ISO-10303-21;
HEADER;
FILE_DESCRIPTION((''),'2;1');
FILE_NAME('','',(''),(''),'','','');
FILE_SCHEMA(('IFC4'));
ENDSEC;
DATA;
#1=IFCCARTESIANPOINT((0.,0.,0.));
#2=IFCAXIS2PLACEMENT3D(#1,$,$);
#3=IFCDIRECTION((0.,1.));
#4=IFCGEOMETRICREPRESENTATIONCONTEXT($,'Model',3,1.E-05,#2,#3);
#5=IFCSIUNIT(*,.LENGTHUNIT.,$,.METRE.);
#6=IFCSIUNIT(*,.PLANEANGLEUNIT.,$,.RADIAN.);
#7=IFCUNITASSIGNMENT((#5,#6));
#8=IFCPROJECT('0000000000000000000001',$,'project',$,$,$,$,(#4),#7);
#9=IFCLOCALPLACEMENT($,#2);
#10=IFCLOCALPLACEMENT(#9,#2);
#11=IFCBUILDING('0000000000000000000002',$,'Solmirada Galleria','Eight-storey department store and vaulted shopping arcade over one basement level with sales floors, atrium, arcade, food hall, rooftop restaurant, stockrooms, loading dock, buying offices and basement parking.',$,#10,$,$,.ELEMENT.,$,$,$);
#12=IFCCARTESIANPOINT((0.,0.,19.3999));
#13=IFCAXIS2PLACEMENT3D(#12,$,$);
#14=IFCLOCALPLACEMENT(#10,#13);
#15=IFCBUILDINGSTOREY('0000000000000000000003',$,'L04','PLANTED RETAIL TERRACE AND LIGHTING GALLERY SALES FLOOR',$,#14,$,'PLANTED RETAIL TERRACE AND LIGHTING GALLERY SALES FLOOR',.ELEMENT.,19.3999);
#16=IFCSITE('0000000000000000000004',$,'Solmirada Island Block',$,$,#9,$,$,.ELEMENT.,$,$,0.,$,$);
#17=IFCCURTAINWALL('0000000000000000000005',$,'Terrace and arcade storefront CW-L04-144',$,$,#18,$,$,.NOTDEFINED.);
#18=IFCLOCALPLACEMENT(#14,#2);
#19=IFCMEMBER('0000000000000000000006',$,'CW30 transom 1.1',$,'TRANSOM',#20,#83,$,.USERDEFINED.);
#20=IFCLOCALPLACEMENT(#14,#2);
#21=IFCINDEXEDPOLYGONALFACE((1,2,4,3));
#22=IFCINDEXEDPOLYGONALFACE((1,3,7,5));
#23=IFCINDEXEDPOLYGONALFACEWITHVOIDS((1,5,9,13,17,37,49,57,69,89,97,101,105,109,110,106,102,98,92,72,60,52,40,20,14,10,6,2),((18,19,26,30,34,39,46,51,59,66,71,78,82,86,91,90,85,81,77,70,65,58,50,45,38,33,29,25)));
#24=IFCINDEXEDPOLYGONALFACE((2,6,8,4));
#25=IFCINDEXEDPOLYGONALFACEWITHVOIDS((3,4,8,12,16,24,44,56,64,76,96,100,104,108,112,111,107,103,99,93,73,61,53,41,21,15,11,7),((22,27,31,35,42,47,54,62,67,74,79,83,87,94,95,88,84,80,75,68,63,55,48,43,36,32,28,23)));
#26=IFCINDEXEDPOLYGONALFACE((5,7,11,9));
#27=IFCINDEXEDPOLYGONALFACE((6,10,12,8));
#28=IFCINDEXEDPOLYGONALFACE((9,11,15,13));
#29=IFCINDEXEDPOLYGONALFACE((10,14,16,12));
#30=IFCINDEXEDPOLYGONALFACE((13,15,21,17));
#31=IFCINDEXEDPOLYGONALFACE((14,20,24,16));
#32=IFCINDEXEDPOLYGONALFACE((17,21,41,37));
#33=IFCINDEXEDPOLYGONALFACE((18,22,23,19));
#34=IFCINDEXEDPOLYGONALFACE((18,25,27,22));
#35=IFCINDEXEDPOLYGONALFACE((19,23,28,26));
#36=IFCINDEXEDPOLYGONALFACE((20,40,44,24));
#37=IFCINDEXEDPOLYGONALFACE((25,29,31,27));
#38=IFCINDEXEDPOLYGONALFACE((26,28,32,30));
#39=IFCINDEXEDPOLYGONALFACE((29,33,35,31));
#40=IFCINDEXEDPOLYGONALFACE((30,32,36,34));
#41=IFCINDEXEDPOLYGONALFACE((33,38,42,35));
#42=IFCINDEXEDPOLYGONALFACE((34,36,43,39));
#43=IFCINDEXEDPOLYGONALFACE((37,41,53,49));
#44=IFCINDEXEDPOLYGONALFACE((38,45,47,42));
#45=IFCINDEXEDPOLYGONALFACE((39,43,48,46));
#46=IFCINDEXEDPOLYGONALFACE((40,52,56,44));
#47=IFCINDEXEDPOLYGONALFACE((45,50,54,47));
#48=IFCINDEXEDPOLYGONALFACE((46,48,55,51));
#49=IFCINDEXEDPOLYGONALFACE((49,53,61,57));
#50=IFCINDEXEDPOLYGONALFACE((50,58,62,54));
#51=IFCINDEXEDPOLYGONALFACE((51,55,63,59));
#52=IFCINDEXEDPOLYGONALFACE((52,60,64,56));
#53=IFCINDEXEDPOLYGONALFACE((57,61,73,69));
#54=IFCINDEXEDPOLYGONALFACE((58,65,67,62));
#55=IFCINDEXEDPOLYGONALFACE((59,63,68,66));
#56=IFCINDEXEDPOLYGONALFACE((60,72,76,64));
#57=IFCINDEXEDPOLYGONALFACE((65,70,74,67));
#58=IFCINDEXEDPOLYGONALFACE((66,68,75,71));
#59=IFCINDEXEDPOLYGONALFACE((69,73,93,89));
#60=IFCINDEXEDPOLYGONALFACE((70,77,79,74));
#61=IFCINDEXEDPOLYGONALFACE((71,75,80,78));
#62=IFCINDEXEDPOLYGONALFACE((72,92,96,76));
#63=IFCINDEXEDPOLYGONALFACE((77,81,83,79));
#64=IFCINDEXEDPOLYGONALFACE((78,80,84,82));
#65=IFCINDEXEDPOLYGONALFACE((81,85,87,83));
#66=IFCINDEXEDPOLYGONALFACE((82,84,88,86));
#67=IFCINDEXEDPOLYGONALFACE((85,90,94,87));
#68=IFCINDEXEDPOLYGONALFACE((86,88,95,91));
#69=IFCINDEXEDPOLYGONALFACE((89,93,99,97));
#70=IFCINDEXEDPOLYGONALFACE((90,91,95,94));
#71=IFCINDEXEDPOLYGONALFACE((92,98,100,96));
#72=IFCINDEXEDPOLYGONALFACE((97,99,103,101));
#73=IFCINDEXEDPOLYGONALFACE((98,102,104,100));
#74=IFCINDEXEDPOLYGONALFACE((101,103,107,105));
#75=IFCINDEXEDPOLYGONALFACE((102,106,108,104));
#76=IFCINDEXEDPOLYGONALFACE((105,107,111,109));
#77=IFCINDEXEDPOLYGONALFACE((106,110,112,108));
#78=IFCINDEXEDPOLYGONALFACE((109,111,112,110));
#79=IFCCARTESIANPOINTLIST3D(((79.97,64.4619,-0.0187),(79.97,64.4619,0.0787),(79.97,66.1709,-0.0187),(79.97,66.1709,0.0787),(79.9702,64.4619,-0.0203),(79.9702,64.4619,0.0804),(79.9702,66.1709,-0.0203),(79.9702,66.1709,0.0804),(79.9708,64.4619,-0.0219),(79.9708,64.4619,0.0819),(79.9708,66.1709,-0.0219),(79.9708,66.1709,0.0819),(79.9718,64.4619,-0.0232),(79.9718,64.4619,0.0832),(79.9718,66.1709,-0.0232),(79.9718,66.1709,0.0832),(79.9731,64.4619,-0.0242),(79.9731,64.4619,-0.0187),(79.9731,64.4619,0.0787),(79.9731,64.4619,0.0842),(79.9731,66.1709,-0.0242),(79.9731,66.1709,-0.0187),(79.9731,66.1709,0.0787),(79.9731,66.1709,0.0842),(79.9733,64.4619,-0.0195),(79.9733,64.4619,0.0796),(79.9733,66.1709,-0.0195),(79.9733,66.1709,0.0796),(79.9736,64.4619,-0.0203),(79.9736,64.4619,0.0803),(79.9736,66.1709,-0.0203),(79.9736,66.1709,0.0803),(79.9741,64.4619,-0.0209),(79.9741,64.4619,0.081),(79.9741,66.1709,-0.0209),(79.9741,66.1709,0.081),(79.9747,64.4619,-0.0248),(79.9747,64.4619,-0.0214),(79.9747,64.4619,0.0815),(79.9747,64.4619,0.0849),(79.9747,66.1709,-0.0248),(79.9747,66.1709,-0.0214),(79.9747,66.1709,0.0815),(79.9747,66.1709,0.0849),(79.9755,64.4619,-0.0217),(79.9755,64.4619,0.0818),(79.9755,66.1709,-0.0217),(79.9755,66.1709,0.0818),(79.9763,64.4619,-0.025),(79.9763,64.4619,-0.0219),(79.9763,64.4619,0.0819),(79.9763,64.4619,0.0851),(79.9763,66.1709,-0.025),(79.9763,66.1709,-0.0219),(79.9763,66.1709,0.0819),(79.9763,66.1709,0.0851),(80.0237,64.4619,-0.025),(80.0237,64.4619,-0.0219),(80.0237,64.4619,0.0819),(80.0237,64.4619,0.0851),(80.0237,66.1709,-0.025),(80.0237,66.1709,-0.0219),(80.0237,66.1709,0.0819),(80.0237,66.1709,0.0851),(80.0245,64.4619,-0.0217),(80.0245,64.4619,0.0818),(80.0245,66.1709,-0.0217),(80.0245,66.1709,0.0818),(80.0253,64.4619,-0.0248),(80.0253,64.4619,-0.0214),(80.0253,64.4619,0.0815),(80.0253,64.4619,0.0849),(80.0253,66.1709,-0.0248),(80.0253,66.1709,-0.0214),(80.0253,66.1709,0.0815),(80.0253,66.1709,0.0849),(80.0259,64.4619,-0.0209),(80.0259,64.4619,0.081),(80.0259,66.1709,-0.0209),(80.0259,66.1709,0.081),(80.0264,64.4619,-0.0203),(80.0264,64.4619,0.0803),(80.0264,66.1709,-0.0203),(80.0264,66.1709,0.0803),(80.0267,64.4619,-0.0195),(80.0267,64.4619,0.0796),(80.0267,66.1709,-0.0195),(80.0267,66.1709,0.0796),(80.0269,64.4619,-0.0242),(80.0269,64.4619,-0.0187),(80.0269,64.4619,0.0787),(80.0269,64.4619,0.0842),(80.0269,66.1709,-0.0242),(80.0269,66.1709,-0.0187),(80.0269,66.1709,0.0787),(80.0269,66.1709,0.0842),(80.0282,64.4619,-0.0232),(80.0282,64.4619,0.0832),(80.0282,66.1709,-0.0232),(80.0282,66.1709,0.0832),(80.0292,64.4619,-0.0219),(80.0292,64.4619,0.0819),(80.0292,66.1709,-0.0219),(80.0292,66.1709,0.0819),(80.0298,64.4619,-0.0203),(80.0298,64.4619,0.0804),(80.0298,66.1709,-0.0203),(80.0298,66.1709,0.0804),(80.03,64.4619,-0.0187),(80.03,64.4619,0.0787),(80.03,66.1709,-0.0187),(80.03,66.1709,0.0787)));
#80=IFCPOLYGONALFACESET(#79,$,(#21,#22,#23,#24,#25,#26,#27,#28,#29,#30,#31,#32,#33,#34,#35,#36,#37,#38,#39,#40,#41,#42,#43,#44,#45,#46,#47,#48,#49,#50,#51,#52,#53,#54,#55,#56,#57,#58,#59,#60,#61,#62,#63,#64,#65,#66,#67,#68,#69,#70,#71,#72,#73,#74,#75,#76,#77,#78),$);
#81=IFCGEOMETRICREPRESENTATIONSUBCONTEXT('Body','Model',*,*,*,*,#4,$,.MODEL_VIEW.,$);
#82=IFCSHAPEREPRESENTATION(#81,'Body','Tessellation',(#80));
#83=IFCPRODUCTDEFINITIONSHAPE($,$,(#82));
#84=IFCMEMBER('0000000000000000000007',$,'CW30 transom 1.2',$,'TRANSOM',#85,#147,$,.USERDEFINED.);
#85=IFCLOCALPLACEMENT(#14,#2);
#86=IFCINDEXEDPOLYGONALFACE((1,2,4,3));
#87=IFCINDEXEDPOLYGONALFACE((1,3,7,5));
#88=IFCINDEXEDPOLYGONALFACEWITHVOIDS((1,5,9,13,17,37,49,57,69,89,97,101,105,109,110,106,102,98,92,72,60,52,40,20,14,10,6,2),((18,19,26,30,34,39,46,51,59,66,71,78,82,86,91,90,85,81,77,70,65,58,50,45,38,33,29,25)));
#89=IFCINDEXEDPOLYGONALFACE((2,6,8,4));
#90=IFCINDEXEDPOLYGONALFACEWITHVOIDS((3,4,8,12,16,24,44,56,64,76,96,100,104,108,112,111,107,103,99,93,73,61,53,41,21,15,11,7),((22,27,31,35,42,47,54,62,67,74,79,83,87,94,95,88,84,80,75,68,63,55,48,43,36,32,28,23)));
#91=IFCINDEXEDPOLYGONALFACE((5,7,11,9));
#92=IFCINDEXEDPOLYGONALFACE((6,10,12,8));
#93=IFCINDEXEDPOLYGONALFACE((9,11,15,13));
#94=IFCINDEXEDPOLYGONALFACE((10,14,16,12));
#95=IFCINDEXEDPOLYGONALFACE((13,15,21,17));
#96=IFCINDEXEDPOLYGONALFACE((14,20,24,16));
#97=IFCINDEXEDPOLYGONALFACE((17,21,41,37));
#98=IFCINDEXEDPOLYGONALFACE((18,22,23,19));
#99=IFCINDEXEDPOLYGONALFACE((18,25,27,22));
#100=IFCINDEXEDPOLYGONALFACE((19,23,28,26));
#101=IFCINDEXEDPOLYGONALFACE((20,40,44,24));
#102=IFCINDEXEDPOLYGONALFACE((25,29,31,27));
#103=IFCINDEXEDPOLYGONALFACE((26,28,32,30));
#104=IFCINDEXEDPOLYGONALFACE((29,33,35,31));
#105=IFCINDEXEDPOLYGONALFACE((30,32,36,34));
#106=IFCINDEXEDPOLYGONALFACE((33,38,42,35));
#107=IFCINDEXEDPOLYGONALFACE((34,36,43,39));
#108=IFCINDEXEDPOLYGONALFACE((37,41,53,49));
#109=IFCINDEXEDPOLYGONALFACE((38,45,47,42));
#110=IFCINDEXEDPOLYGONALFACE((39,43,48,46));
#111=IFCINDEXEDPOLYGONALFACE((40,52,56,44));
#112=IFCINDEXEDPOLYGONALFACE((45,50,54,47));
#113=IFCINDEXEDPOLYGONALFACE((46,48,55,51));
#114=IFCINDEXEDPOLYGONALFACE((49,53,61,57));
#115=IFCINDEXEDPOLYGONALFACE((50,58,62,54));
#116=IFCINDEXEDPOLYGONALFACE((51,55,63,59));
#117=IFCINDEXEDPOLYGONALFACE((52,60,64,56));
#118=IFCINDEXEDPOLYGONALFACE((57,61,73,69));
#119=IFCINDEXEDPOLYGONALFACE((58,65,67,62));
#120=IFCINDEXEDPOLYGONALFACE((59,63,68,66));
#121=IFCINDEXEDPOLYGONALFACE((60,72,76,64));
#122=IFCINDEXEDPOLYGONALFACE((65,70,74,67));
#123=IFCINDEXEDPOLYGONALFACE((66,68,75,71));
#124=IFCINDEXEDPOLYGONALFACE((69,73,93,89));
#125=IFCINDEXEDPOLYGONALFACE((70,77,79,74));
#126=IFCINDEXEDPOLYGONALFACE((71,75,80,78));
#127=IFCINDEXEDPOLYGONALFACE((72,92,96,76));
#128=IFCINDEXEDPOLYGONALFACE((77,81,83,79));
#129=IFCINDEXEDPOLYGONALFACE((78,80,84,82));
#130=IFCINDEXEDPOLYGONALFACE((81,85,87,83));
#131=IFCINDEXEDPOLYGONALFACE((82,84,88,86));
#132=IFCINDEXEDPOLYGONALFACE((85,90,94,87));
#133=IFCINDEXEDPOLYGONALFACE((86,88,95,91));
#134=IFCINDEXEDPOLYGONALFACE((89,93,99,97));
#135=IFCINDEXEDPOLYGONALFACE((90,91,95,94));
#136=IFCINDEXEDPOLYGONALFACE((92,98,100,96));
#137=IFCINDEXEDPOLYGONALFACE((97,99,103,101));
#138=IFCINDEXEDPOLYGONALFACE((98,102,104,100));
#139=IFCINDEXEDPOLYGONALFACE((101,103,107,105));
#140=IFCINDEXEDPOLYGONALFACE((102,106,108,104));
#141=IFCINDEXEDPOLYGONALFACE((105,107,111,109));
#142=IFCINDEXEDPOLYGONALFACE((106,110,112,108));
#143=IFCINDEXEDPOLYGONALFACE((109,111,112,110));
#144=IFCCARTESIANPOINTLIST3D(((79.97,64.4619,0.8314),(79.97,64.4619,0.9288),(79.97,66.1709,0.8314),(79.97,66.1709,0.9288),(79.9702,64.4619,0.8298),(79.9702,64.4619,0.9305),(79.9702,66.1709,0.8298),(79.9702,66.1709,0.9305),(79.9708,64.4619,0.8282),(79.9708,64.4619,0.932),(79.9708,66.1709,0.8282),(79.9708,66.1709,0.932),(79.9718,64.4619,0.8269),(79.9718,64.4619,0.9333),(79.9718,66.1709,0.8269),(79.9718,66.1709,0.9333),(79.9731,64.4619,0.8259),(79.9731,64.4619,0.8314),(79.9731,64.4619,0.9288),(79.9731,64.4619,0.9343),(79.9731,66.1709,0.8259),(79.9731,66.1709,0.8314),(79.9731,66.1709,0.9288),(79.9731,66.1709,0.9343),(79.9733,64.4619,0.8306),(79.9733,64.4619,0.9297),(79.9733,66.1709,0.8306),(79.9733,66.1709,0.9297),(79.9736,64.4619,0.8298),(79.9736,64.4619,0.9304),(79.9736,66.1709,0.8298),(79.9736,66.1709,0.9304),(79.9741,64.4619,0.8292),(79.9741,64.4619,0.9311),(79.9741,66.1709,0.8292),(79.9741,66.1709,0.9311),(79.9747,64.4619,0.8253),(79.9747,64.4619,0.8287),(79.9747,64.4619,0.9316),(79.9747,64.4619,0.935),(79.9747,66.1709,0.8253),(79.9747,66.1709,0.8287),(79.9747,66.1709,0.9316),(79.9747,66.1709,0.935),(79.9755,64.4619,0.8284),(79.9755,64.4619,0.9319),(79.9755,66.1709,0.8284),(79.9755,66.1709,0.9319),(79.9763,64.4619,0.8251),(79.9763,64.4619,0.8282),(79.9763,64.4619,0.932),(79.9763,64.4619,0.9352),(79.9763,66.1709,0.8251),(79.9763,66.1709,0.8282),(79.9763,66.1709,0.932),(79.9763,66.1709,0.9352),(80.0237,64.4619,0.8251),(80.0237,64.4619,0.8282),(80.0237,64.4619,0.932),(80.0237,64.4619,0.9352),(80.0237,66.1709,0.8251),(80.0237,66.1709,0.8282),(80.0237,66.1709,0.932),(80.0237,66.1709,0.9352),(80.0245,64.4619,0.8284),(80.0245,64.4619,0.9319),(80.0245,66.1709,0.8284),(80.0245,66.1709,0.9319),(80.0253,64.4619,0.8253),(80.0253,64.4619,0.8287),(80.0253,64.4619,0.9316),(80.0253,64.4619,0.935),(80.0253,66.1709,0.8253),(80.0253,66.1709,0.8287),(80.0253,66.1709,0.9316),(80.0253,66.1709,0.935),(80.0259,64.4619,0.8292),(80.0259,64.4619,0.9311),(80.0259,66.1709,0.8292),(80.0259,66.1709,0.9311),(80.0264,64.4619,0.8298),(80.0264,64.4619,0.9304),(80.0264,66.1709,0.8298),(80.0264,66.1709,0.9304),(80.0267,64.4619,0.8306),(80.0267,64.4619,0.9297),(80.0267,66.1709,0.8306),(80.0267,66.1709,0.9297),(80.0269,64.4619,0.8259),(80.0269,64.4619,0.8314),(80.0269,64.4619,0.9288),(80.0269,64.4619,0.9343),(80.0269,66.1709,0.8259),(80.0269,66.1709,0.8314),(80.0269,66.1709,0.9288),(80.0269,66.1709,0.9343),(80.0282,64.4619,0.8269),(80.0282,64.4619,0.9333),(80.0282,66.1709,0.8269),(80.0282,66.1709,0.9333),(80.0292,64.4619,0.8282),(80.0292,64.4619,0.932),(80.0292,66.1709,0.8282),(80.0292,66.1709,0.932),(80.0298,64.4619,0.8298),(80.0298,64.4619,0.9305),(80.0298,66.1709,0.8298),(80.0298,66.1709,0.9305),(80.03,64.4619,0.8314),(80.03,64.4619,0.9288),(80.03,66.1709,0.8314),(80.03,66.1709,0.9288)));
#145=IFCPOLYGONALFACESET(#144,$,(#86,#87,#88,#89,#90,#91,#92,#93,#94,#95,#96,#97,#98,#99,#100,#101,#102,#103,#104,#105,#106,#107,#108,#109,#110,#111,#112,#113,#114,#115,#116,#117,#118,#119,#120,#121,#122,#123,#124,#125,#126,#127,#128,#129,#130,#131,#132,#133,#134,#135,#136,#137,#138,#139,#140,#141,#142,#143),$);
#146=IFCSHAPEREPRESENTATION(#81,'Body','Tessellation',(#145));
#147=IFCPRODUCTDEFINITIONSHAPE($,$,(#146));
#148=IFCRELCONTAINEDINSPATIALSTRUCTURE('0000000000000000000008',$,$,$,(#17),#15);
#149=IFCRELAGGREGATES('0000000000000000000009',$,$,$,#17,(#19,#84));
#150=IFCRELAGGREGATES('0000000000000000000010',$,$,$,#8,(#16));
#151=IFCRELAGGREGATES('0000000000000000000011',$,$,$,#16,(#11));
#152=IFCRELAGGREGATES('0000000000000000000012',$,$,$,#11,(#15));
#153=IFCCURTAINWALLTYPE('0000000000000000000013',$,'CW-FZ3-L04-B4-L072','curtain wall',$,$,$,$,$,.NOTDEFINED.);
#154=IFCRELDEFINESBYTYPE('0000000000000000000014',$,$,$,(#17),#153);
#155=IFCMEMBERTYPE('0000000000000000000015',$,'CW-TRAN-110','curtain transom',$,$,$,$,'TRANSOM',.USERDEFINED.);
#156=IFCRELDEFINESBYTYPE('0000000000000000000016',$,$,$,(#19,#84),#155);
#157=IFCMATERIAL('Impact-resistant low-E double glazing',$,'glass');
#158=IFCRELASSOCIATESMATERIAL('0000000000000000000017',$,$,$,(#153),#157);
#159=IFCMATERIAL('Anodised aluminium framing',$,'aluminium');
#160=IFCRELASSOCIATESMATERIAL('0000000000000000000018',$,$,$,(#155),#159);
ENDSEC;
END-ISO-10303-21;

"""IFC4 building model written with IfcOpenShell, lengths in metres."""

from ifc_helpers import new_model, si_unit, direction, frame, origin, origin_2d, place, context, subcontext, project, spatial, hollow_rectangle, extrude, material, material_profile, profile_set, type_object, element, aggregate, save


model = new_model("IFC4")

# Units and contexts
model_context = context("Model", 3, precision=1e-05, world=origin(), true_north=direction((0.0, 1.0)))
body_context = subcontext(model_context, "Body", "Model", "MODEL_VIEW")
ifc_project = project(units=[si_unit("LENGTHUNIT", "METRE"), si_unit("PLANEANGLEUNIT", "RADIAN")], contexts=[model_context])

# Site, building, storey
site_placement = place(None, origin())
site = spatial("IfcSite", under=ifc_project, at=site_placement, Name="Solmirada Island Block", CompositionType="ELEMENT", RefElevation=0.0)
building_placement = place(site_placement, origin())
building = spatial("IfcBuilding", under=site, at=building_placement, Name="Solmirada Galleria", Description="Eight-storey department store and vaulted shopping arcade over one basement level with sales floors, atrium, arcade, food hall, rooftop restaurant, stockrooms, loading dock, buying offices and basement parking.", CompositionType="ELEMENT")
storey_placement = place(building_placement, frame((0.0, 0.0, 19.3999)))
storey = spatial("IfcBuildingStorey", under=building, at=storey_placement, Name="L04", Description="PLANTED RETAIL TERRACE AND LIGHTING GALLERY SALES FLOOR", LongName="PLANTED RETAIL TERRACE AND LIGHTING GALLERY SALES FLOOR", CompositionType="ELEMENT", Elevation=19.3999)

# Shared definitions
ifc_material_1 = material(Name="Impact-resistant low-E double glazing", Category="glass")
curtain_wall_type = type_object("IfcCurtainWallType", Name="CW-FZ3-L04-B4-L072", Description="curtain wall", PredefinedType="NOTDEFINED", material=ifc_material_1)
ifc_material_2 = material(Name="Anodised aluminium framing", Category="aluminium")

# Curtain wall
curtain_wall_1_placement = place(storey_placement, origin())
curtain_wall_1 = element("IfcCurtainWall", 1, at=curtain_wall_1_placement, inside=storey, type_object=curtain_wall_type, Name="Terrace and arcade storefront CW-L04-144", PredefinedType="NOTDEFINED")

# Members
ifc_material_profile_1 = material_profile(ifc_material_2, hollow_rectangle(XDim=0.0601, YDim=0.1101, WallThickness=0.0032, InnerFilletRadius=0.0032, OuterFilletRadius=0.0063, at=origin_2d()), Name="ALU-TRAN-110X60")
ifc_profile_set_1 = profile_set([ifc_material_profile_1], Name="Anodised aluminium framing")
member_type_1 = type_object("IfcMemberType", Name="CW-TRAN-110", Description="curtain transom", ElementType="TRANSOM", PredefinedType="USERDEFINED", material=ifc_profile_set_1)
member_1_placement = place(storey_placement, frame((80.0, 64.4619, 0.03), z_axis=(0.0, 1.0, 0.0), x_axis=(-1.0, 0.0, 0.0)))
member_1 = element("IfcMember", 2, at=member_1_placement, type_object=member_type_1, Name="CW30 transom 1.1", ObjectType="TRANSOM", PredefinedType="USERDEFINED", context=body_context, shape_type="SweptSolid", body=[
    extrude(hollow_rectangle(XDim=0.0601, YDim=0.1101, WallThickness=0.0032, InnerFilletRadius=0.0032, OuterFilletRadius=0.0063, at=origin_2d()), origin(), (0.0, 0.0, 1.0), 1.709),
])
member_2_placement = place(storey_placement, frame((80.0, 64.4619, 0.8801), z_axis=(0.0, 1.0, 0.0), x_axis=(-1.0, 0.0, 0.0)))
member_2 = element("IfcMember", 3, at=member_2_placement, type_object=member_type_1, Name="CW30 transom 1.2", ObjectType="TRANSOM", PredefinedType="USERDEFINED", context=body_context, shape_type="SweptSolid", body=[
    extrude(hollow_rectangle(XDim=0.0601, YDim=0.1101, WallThickness=0.0032, InnerFilletRadius=0.0032, OuterFilletRadius=0.0063, at=origin_2d()), origin(), (0.0, 0.0, 1.0), 1.709),
])

aggregate(curtain_wall_1, [member_1, member_2])

save(model, "model.ifc")
